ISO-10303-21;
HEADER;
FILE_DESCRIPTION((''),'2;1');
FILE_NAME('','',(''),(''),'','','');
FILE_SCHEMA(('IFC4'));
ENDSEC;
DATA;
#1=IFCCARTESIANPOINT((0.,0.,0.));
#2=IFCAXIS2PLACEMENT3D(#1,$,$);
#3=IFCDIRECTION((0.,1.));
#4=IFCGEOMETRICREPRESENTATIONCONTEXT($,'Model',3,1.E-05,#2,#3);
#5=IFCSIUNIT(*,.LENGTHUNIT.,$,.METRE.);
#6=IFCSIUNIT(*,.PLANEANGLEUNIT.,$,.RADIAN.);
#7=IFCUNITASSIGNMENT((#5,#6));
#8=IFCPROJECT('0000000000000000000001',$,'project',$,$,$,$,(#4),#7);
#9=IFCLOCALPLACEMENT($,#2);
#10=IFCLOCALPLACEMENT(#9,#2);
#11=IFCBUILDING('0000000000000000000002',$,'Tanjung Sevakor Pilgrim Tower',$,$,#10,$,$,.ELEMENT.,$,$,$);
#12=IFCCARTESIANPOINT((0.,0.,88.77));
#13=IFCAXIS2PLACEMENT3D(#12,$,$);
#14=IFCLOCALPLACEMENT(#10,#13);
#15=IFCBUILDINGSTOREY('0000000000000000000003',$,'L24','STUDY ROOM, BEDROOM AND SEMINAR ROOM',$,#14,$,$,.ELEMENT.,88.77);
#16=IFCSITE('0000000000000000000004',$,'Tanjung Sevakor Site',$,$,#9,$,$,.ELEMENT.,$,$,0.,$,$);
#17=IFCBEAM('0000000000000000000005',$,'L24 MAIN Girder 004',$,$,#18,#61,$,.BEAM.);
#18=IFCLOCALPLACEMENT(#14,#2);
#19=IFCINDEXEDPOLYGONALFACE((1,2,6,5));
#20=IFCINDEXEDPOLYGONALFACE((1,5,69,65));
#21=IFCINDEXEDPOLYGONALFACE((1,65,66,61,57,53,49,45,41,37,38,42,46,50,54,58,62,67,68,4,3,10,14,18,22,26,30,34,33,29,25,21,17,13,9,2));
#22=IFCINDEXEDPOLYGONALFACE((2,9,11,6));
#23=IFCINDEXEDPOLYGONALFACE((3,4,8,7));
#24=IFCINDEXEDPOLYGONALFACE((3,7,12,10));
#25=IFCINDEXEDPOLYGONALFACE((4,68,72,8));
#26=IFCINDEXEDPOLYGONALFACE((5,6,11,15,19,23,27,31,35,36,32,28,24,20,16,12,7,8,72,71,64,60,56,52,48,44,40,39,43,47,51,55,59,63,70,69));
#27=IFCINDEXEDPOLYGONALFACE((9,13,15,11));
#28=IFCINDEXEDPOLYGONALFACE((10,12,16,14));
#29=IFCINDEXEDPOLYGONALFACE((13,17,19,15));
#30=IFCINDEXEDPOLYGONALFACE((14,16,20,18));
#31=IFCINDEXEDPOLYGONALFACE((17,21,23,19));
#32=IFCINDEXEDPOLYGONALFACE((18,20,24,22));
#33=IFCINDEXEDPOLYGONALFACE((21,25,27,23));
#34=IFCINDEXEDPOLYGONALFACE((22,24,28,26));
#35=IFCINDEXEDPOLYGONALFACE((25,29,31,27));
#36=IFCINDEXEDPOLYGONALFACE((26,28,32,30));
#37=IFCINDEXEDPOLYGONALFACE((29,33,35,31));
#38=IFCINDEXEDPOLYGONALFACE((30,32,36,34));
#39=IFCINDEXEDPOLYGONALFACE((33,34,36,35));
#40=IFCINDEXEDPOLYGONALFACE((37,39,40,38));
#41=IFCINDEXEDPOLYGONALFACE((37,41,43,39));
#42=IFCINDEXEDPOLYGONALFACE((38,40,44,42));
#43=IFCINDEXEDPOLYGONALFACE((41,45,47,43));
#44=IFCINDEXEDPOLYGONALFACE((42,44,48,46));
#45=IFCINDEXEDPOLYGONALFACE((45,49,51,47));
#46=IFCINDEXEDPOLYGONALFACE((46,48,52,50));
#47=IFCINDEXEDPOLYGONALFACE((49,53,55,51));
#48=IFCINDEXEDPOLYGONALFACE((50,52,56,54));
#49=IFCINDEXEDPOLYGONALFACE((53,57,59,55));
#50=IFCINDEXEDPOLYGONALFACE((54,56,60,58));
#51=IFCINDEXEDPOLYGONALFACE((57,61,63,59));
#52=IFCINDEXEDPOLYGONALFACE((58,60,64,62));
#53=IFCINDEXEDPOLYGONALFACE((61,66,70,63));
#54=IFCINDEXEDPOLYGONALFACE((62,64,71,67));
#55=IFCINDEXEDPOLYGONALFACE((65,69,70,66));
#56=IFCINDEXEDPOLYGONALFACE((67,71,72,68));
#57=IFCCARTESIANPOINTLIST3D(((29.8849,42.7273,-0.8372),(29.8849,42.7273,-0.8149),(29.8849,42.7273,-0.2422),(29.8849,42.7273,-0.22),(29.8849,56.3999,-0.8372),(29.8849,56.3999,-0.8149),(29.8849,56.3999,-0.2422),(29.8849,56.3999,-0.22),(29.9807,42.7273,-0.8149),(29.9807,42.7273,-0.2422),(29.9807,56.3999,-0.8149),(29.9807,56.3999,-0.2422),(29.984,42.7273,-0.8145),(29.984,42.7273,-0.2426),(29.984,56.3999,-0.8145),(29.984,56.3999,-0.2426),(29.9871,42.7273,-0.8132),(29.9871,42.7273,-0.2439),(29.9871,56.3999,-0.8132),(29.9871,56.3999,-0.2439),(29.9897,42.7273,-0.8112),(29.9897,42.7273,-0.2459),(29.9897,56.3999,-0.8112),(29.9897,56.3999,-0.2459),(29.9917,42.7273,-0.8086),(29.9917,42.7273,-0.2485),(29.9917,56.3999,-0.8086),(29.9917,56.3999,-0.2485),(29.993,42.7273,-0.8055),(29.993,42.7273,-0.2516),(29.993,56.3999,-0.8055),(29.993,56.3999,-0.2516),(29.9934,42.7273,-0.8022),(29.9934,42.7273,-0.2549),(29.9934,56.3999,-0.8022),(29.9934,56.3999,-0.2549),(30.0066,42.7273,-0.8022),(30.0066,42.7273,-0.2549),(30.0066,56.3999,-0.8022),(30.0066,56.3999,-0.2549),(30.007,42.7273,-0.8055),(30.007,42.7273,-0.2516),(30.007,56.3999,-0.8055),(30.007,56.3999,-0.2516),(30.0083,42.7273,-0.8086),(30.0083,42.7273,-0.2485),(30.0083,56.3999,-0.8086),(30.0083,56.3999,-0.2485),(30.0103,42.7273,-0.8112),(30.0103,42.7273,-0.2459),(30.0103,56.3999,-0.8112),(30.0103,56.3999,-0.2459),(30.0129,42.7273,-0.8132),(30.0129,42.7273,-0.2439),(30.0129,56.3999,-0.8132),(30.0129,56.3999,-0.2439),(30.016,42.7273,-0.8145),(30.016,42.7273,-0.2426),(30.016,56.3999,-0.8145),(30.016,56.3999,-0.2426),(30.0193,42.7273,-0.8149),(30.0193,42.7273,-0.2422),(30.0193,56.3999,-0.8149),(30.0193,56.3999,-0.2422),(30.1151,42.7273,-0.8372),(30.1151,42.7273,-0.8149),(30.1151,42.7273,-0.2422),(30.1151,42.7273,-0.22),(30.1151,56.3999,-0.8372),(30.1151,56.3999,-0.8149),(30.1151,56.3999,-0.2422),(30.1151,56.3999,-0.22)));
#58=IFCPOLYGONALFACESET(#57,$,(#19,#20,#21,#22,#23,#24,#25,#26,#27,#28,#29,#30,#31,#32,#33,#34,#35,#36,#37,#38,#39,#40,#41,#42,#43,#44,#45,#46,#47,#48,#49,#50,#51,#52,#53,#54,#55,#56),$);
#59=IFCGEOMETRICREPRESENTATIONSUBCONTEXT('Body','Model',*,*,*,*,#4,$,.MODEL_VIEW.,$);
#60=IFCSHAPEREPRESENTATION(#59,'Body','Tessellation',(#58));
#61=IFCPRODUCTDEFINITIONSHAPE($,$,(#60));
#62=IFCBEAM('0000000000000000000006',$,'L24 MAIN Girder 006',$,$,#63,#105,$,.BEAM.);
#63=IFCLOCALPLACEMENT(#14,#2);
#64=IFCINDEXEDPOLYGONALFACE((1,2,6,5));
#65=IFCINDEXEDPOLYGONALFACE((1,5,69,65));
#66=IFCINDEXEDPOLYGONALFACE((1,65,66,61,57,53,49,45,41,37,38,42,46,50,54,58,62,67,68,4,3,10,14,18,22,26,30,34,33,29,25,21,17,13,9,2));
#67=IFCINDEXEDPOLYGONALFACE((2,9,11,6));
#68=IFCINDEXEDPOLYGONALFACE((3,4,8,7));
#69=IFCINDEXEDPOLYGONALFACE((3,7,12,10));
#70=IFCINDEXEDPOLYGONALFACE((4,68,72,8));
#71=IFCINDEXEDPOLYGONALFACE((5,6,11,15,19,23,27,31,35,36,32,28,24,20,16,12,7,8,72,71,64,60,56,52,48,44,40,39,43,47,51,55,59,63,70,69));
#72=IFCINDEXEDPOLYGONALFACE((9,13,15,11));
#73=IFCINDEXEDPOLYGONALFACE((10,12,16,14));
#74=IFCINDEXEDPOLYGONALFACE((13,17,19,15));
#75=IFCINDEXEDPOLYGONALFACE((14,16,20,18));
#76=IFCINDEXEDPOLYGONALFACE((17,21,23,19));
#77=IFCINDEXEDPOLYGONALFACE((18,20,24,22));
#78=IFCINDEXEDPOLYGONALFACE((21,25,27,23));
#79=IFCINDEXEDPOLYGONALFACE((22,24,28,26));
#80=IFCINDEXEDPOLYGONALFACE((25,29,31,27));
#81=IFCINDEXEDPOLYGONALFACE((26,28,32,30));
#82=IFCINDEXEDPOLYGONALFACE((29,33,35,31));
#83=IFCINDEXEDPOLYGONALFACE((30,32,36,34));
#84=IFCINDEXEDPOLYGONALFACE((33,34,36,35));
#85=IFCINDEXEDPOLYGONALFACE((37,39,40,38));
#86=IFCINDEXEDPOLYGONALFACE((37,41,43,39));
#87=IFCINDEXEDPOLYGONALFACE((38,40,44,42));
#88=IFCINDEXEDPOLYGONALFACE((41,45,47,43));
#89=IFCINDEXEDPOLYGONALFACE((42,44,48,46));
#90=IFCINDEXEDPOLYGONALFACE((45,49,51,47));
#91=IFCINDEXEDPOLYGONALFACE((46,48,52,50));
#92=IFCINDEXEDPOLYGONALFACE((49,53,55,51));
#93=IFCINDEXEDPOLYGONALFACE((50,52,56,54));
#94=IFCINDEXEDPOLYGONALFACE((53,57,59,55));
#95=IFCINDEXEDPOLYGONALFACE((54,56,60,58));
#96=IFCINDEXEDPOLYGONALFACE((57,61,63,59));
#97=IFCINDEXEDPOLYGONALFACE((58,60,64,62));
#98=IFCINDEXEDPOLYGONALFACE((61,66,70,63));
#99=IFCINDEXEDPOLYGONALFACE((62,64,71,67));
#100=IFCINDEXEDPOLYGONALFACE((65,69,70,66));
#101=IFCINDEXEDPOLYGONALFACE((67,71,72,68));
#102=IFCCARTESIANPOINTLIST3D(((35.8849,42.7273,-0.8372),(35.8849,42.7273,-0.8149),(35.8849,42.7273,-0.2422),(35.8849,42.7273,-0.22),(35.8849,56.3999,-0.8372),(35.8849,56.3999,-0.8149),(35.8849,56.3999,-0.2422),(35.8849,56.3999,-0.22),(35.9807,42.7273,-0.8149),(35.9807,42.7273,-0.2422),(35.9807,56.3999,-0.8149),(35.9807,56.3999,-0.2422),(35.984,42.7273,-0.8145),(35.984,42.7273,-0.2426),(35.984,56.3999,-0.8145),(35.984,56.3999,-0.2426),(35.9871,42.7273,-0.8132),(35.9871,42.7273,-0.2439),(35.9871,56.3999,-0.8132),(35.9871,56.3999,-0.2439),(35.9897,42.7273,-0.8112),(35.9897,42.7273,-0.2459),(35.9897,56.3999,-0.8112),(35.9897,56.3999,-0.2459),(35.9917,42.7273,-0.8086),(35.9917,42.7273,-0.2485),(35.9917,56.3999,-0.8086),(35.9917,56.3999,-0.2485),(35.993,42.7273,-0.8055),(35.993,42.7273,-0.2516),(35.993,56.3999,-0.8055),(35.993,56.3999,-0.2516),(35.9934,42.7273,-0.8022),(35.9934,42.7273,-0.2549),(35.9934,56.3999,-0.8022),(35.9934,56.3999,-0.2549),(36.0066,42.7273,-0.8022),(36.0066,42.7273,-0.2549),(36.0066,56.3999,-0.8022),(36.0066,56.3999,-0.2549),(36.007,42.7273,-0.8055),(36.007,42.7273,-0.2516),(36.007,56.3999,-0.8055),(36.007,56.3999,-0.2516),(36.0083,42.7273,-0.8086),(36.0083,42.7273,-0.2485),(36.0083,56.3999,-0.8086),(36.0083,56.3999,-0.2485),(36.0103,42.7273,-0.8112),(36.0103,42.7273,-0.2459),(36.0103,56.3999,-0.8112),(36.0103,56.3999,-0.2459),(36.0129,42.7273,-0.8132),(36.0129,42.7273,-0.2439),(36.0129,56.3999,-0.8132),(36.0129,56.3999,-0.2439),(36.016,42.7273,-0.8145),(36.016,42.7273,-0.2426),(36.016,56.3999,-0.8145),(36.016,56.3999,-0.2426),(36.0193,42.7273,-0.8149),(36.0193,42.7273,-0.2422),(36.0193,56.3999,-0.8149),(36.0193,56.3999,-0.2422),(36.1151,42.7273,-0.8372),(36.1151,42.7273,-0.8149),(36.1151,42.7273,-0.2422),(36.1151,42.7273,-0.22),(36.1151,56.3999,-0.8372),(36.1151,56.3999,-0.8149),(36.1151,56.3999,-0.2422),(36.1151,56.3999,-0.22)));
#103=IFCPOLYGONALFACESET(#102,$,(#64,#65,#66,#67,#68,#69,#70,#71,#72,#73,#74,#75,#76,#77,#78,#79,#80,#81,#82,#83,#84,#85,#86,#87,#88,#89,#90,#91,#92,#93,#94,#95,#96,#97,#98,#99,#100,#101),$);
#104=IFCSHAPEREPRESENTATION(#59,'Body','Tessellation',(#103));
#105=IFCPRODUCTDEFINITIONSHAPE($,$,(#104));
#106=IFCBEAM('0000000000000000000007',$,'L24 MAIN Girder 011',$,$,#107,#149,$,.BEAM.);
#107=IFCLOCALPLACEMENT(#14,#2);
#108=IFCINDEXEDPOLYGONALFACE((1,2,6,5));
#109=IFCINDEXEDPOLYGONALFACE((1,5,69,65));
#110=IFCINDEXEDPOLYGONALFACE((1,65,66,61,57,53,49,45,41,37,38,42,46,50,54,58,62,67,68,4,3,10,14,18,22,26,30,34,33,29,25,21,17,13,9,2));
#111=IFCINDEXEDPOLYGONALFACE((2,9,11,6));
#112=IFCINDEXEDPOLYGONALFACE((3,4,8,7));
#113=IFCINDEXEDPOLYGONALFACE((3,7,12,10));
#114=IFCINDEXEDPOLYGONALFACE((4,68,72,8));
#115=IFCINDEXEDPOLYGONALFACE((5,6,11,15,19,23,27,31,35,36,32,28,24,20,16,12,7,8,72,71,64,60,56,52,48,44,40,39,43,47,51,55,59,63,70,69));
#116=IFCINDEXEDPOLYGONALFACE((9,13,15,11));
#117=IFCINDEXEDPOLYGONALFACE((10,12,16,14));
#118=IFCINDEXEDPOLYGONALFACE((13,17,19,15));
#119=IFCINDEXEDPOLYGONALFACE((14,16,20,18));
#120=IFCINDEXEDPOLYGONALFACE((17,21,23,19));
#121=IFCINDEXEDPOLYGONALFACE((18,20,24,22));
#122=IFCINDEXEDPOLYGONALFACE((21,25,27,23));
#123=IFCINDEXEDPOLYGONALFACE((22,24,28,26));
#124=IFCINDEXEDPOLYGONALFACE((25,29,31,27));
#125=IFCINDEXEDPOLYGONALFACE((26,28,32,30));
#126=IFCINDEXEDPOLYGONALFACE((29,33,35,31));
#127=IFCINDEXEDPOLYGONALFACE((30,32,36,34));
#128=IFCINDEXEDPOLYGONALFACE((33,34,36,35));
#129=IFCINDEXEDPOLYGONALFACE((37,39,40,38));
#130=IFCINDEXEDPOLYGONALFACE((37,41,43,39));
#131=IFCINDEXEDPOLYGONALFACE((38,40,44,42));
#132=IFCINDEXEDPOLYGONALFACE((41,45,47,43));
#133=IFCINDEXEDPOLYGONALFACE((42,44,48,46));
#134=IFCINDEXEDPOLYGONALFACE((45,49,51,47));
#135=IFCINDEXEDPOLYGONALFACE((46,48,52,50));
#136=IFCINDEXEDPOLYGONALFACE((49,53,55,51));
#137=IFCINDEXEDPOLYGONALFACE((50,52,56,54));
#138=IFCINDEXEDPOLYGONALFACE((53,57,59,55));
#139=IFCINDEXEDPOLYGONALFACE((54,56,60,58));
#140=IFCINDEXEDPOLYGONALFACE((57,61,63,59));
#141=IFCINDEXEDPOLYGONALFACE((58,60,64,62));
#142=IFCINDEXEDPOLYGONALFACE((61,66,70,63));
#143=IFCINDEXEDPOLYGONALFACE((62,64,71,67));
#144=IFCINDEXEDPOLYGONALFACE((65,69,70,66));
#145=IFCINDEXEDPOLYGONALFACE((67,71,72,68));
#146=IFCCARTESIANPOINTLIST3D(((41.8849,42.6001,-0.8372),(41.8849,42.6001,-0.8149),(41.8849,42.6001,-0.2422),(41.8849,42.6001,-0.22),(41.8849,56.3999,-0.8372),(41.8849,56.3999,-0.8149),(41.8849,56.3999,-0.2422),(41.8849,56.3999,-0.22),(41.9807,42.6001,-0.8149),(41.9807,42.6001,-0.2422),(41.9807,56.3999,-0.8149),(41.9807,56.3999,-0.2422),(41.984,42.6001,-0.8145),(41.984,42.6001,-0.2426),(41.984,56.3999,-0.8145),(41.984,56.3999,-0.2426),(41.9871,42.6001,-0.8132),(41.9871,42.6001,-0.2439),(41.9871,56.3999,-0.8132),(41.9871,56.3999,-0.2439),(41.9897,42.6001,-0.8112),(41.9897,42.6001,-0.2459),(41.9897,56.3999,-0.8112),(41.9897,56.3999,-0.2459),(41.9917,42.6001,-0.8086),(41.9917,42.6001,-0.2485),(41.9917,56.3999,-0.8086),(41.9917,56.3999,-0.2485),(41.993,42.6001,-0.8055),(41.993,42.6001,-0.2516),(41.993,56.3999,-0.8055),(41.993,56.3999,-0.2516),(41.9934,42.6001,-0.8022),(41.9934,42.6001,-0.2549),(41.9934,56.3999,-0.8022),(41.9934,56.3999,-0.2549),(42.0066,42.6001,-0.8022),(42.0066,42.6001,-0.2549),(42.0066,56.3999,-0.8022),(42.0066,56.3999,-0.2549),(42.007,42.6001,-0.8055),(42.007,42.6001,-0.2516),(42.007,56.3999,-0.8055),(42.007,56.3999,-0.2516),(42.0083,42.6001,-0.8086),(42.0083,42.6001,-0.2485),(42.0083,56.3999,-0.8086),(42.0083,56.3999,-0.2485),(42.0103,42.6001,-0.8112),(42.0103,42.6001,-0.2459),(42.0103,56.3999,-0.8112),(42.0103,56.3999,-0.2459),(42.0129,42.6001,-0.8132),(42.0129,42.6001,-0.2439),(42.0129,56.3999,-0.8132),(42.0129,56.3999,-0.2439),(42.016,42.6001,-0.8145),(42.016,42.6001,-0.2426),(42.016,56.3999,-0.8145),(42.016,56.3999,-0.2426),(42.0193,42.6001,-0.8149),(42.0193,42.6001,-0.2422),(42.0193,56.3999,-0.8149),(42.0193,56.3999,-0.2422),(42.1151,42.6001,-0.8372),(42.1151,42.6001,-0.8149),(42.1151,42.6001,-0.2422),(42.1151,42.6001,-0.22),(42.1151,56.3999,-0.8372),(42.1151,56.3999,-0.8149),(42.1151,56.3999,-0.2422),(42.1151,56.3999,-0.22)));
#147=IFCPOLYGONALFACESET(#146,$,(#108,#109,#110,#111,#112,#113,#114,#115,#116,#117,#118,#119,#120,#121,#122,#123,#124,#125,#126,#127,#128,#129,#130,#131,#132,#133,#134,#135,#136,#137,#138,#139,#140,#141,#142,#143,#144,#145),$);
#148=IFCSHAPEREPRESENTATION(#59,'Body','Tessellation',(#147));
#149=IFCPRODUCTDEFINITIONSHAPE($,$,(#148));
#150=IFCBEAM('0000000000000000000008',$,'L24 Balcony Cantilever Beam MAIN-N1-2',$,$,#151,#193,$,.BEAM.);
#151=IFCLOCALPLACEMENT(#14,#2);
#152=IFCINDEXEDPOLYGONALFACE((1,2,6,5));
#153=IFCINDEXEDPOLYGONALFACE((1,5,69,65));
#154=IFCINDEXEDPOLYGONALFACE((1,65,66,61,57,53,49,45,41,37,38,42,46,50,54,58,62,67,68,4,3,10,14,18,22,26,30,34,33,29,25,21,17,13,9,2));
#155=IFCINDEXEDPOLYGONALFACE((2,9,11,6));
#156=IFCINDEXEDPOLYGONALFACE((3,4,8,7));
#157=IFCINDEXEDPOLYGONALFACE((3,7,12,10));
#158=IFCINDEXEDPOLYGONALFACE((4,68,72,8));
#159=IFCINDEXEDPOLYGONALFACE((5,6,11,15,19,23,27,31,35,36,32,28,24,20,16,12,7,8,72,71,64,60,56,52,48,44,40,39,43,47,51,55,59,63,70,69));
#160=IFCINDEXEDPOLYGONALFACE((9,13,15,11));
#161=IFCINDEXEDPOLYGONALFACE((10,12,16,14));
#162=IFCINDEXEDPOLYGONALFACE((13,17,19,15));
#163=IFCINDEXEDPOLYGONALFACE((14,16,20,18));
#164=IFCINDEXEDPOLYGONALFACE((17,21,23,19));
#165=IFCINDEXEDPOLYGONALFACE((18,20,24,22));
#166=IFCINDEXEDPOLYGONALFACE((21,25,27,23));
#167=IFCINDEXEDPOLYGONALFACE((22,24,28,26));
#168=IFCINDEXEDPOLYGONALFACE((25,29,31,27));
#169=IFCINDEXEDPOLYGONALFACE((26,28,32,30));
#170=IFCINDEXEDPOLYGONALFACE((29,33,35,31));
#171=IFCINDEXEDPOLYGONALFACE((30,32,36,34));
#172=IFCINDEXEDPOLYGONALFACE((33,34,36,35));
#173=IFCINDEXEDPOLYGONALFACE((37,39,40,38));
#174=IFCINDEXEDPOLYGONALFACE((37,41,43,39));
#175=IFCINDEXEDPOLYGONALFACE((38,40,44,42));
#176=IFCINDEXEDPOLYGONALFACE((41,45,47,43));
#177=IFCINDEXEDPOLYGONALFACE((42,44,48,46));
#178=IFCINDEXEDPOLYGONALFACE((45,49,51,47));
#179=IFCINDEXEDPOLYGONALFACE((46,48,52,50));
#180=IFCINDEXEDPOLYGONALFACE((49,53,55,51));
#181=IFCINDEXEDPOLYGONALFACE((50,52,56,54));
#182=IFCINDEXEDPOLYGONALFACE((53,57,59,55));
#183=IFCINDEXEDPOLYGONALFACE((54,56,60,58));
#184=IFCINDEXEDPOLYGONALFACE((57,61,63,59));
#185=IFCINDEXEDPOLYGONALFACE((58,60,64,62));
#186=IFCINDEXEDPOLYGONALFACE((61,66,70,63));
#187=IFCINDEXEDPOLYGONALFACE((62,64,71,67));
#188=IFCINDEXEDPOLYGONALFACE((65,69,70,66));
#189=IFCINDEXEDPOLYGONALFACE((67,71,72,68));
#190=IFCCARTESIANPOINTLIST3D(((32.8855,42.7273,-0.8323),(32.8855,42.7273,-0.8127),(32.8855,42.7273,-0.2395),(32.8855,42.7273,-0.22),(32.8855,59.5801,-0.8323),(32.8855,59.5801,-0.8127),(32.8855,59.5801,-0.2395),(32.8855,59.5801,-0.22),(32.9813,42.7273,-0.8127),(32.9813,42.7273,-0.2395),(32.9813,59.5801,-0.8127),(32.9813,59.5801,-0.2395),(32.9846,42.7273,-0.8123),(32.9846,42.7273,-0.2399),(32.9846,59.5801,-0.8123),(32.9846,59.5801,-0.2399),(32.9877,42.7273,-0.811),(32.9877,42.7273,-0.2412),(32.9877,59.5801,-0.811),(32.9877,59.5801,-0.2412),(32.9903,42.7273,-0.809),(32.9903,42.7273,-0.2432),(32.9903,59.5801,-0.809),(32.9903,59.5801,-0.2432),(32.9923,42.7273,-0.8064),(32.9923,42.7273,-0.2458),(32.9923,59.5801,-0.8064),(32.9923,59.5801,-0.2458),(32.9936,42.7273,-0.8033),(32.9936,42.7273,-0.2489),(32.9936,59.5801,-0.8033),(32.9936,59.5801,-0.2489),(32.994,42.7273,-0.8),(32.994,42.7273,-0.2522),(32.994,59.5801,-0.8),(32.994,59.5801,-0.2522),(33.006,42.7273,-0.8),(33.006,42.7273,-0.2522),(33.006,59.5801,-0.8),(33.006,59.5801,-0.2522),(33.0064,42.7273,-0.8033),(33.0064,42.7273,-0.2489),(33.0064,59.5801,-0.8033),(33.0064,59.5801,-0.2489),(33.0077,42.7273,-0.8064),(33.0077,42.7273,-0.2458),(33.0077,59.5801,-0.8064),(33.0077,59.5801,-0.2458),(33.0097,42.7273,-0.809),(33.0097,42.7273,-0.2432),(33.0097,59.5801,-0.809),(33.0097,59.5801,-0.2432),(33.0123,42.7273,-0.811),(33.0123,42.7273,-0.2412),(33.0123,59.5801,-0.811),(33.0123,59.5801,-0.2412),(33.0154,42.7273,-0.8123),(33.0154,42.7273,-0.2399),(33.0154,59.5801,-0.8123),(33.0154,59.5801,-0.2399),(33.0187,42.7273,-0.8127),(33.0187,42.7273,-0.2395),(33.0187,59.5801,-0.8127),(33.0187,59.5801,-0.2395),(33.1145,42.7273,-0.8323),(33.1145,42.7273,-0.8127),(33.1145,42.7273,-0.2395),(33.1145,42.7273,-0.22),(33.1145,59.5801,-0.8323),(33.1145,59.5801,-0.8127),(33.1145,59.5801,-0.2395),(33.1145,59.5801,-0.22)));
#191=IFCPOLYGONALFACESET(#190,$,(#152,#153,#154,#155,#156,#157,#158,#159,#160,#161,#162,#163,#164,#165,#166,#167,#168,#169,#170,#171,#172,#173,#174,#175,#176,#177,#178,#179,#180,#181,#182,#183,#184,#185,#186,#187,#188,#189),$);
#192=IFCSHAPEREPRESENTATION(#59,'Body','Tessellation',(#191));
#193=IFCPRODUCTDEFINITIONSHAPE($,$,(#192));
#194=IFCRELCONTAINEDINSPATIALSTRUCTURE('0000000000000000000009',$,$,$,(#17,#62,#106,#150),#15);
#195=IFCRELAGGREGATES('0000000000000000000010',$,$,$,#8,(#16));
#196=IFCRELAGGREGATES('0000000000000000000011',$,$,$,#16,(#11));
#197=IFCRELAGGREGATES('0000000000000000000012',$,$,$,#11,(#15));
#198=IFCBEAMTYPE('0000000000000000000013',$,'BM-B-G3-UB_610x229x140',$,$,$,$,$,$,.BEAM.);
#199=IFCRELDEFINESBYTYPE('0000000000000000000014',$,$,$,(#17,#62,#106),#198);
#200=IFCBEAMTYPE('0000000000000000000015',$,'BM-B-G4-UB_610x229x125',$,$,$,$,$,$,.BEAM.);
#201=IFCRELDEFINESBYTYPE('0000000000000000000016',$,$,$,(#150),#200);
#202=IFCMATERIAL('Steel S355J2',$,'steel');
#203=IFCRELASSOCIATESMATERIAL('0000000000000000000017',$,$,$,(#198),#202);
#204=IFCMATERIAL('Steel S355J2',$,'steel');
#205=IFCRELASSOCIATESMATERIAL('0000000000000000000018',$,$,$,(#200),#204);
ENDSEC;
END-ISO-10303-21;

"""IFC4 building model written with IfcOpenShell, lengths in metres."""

from ifc_helpers import new_model, si_unit, direction, frame, origin, origin_2d, place, context, subcontext, project, spatial, i_section, extrude, material, material_profile, profile_set, type_object, element, save


model = new_model("IFC4")

# Units and contexts
model_context = context("Model", 3, precision=1e-05, world=origin(), true_north=direction((0.0, 1.0)))
body_context = subcontext(model_context, "Body", "Model", "MODEL_VIEW")
ifc_project = project(units=[si_unit("LENGTHUNIT", "METRE"), si_unit("PLANEANGLEUNIT", "RADIAN")], contexts=[model_context])

# Site, building, storey
site_placement = place(None, origin())
site = spatial("IfcSite", under=ifc_project, at=site_placement, Name="Tanjung Sevakor Site", CompositionType="ELEMENT", RefElevation=0.0)
building_placement = place(site_placement, origin())
building = spatial("IfcBuilding", under=site, at=building_placement, Name="Tanjung Sevakor Pilgrim Tower", CompositionType="ELEMENT")
storey_placement = place(building_placement, frame((0.0, 0.0, 88.77)))
storey = spatial("IfcBuildingStorey", under=building, at=storey_placement, Name="L24", Description="STUDY ROOM, BEDROOM AND SEMINAR ROOM", CompositionType="ELEMENT", Elevation=88.77)

# Beams
ifc_material_1 = material(Name="Steel S355J2", Category="steel")
ifc_material_profile_1 = material_profile(ifc_material_1, i_section(OverallWidth=0.2302, OverallDepth=0.6172, WebThickness=0.0132, FlangeThickness=0.0222, FilletRadius=0.0127, at=origin_2d()))
ifc_profile_set_1 = profile_set([ifc_material_profile_1], Name="Steel S355J2")
beam_type_1 = type_object("IfcBeamType", Name="BM-B-G3-UB_610x229x140", PredefinedType="BEAM", material=ifc_profile_set_1)
for number, where, z_axis, x_axis, name in (
    (1, (30.0, 42.7273, -0.5286), (0.0, 1.0, 0.0), (-1.0, 0.0, 0.0), "L24 MAIN Girder 004"),
    (2, (36.0, 42.7273, -0.5286), (0.0, 1.0, 0.0), (-1.0, 0.0, 0.0), "L24 MAIN Girder 006"),
):
    element("IfcBeam", number, at=place(storey_placement, frame(where, z_axis=z_axis, x_axis=x_axis)), inside=storey, type_object=beam_type_1, Name=name, PredefinedType="BEAM", context=body_context, shape_type="SweptSolid", body=[
        extrude(i_section(OverallWidth=0.2302, OverallDepth=0.6172, WebThickness=0.0132, FlangeThickness=0.0222, FilletRadius=0.0127, at=origin_2d()), origin(), (0.0, 0.0, 1.0), 13.6726),
    ])
beam_1_placement = place(storey_placement, frame((42.0, 42.6001, -0.5286), z_axis=(0.0, 1.0, 0.0), x_axis=(-1.0, 0.0, 0.0)))
element("IfcBeam", 3, at=beam_1_placement, inside=storey, type_object=beam_type_1, Name="L24 MAIN Girder 011", PredefinedType="BEAM", context=body_context, shape_type="SweptSolid", body=[
    extrude(i_section(OverallWidth=0.2302, OverallDepth=0.6172, WebThickness=0.0132, FlangeThickness=0.0222, FilletRadius=0.0127, at=origin_2d()), origin(), (0.0, 0.0, 1.0), 13.7998),
])
ifc_material_2 = material(Name="Steel S355J2", Category="steel")
ifc_material_profile_2 = material_profile(ifc_material_2, i_section(OverallWidth=0.229, OverallDepth=0.6123, WebThickness=0.012, FlangeThickness=0.0195, FilletRadius=0.0127, at=origin_2d()))
ifc_profile_set_2 = profile_set([ifc_material_profile_2], Name="Steel S355J2")
beam_type_2 = type_object("IfcBeamType", Name="BM-B-G4-UB_610x229x125", PredefinedType="BEAM", material=ifc_profile_set_2)
beam_2_placement = place(storey_placement, frame((33.0, 42.7273, -0.5261), z_axis=(0.0, 1.0, 0.0), x_axis=(-1.0, 0.0, 0.0)))
element("IfcBeam", 4, at=beam_2_placement, inside=storey, type_object=beam_type_2, Name="L24 Balcony Cantilever Beam MAIN-N1-2", PredefinedType="BEAM", context=body_context, shape_type="SweptSolid", body=[
    extrude(i_section(OverallWidth=0.229, OverallDepth=0.6123, WebThickness=0.012, FlangeThickness=0.0195, FilletRadius=0.0127, at=origin_2d()), origin(), (0.0, 0.0, 1.0), 16.8528),
])

save(model, "model.ifc")
